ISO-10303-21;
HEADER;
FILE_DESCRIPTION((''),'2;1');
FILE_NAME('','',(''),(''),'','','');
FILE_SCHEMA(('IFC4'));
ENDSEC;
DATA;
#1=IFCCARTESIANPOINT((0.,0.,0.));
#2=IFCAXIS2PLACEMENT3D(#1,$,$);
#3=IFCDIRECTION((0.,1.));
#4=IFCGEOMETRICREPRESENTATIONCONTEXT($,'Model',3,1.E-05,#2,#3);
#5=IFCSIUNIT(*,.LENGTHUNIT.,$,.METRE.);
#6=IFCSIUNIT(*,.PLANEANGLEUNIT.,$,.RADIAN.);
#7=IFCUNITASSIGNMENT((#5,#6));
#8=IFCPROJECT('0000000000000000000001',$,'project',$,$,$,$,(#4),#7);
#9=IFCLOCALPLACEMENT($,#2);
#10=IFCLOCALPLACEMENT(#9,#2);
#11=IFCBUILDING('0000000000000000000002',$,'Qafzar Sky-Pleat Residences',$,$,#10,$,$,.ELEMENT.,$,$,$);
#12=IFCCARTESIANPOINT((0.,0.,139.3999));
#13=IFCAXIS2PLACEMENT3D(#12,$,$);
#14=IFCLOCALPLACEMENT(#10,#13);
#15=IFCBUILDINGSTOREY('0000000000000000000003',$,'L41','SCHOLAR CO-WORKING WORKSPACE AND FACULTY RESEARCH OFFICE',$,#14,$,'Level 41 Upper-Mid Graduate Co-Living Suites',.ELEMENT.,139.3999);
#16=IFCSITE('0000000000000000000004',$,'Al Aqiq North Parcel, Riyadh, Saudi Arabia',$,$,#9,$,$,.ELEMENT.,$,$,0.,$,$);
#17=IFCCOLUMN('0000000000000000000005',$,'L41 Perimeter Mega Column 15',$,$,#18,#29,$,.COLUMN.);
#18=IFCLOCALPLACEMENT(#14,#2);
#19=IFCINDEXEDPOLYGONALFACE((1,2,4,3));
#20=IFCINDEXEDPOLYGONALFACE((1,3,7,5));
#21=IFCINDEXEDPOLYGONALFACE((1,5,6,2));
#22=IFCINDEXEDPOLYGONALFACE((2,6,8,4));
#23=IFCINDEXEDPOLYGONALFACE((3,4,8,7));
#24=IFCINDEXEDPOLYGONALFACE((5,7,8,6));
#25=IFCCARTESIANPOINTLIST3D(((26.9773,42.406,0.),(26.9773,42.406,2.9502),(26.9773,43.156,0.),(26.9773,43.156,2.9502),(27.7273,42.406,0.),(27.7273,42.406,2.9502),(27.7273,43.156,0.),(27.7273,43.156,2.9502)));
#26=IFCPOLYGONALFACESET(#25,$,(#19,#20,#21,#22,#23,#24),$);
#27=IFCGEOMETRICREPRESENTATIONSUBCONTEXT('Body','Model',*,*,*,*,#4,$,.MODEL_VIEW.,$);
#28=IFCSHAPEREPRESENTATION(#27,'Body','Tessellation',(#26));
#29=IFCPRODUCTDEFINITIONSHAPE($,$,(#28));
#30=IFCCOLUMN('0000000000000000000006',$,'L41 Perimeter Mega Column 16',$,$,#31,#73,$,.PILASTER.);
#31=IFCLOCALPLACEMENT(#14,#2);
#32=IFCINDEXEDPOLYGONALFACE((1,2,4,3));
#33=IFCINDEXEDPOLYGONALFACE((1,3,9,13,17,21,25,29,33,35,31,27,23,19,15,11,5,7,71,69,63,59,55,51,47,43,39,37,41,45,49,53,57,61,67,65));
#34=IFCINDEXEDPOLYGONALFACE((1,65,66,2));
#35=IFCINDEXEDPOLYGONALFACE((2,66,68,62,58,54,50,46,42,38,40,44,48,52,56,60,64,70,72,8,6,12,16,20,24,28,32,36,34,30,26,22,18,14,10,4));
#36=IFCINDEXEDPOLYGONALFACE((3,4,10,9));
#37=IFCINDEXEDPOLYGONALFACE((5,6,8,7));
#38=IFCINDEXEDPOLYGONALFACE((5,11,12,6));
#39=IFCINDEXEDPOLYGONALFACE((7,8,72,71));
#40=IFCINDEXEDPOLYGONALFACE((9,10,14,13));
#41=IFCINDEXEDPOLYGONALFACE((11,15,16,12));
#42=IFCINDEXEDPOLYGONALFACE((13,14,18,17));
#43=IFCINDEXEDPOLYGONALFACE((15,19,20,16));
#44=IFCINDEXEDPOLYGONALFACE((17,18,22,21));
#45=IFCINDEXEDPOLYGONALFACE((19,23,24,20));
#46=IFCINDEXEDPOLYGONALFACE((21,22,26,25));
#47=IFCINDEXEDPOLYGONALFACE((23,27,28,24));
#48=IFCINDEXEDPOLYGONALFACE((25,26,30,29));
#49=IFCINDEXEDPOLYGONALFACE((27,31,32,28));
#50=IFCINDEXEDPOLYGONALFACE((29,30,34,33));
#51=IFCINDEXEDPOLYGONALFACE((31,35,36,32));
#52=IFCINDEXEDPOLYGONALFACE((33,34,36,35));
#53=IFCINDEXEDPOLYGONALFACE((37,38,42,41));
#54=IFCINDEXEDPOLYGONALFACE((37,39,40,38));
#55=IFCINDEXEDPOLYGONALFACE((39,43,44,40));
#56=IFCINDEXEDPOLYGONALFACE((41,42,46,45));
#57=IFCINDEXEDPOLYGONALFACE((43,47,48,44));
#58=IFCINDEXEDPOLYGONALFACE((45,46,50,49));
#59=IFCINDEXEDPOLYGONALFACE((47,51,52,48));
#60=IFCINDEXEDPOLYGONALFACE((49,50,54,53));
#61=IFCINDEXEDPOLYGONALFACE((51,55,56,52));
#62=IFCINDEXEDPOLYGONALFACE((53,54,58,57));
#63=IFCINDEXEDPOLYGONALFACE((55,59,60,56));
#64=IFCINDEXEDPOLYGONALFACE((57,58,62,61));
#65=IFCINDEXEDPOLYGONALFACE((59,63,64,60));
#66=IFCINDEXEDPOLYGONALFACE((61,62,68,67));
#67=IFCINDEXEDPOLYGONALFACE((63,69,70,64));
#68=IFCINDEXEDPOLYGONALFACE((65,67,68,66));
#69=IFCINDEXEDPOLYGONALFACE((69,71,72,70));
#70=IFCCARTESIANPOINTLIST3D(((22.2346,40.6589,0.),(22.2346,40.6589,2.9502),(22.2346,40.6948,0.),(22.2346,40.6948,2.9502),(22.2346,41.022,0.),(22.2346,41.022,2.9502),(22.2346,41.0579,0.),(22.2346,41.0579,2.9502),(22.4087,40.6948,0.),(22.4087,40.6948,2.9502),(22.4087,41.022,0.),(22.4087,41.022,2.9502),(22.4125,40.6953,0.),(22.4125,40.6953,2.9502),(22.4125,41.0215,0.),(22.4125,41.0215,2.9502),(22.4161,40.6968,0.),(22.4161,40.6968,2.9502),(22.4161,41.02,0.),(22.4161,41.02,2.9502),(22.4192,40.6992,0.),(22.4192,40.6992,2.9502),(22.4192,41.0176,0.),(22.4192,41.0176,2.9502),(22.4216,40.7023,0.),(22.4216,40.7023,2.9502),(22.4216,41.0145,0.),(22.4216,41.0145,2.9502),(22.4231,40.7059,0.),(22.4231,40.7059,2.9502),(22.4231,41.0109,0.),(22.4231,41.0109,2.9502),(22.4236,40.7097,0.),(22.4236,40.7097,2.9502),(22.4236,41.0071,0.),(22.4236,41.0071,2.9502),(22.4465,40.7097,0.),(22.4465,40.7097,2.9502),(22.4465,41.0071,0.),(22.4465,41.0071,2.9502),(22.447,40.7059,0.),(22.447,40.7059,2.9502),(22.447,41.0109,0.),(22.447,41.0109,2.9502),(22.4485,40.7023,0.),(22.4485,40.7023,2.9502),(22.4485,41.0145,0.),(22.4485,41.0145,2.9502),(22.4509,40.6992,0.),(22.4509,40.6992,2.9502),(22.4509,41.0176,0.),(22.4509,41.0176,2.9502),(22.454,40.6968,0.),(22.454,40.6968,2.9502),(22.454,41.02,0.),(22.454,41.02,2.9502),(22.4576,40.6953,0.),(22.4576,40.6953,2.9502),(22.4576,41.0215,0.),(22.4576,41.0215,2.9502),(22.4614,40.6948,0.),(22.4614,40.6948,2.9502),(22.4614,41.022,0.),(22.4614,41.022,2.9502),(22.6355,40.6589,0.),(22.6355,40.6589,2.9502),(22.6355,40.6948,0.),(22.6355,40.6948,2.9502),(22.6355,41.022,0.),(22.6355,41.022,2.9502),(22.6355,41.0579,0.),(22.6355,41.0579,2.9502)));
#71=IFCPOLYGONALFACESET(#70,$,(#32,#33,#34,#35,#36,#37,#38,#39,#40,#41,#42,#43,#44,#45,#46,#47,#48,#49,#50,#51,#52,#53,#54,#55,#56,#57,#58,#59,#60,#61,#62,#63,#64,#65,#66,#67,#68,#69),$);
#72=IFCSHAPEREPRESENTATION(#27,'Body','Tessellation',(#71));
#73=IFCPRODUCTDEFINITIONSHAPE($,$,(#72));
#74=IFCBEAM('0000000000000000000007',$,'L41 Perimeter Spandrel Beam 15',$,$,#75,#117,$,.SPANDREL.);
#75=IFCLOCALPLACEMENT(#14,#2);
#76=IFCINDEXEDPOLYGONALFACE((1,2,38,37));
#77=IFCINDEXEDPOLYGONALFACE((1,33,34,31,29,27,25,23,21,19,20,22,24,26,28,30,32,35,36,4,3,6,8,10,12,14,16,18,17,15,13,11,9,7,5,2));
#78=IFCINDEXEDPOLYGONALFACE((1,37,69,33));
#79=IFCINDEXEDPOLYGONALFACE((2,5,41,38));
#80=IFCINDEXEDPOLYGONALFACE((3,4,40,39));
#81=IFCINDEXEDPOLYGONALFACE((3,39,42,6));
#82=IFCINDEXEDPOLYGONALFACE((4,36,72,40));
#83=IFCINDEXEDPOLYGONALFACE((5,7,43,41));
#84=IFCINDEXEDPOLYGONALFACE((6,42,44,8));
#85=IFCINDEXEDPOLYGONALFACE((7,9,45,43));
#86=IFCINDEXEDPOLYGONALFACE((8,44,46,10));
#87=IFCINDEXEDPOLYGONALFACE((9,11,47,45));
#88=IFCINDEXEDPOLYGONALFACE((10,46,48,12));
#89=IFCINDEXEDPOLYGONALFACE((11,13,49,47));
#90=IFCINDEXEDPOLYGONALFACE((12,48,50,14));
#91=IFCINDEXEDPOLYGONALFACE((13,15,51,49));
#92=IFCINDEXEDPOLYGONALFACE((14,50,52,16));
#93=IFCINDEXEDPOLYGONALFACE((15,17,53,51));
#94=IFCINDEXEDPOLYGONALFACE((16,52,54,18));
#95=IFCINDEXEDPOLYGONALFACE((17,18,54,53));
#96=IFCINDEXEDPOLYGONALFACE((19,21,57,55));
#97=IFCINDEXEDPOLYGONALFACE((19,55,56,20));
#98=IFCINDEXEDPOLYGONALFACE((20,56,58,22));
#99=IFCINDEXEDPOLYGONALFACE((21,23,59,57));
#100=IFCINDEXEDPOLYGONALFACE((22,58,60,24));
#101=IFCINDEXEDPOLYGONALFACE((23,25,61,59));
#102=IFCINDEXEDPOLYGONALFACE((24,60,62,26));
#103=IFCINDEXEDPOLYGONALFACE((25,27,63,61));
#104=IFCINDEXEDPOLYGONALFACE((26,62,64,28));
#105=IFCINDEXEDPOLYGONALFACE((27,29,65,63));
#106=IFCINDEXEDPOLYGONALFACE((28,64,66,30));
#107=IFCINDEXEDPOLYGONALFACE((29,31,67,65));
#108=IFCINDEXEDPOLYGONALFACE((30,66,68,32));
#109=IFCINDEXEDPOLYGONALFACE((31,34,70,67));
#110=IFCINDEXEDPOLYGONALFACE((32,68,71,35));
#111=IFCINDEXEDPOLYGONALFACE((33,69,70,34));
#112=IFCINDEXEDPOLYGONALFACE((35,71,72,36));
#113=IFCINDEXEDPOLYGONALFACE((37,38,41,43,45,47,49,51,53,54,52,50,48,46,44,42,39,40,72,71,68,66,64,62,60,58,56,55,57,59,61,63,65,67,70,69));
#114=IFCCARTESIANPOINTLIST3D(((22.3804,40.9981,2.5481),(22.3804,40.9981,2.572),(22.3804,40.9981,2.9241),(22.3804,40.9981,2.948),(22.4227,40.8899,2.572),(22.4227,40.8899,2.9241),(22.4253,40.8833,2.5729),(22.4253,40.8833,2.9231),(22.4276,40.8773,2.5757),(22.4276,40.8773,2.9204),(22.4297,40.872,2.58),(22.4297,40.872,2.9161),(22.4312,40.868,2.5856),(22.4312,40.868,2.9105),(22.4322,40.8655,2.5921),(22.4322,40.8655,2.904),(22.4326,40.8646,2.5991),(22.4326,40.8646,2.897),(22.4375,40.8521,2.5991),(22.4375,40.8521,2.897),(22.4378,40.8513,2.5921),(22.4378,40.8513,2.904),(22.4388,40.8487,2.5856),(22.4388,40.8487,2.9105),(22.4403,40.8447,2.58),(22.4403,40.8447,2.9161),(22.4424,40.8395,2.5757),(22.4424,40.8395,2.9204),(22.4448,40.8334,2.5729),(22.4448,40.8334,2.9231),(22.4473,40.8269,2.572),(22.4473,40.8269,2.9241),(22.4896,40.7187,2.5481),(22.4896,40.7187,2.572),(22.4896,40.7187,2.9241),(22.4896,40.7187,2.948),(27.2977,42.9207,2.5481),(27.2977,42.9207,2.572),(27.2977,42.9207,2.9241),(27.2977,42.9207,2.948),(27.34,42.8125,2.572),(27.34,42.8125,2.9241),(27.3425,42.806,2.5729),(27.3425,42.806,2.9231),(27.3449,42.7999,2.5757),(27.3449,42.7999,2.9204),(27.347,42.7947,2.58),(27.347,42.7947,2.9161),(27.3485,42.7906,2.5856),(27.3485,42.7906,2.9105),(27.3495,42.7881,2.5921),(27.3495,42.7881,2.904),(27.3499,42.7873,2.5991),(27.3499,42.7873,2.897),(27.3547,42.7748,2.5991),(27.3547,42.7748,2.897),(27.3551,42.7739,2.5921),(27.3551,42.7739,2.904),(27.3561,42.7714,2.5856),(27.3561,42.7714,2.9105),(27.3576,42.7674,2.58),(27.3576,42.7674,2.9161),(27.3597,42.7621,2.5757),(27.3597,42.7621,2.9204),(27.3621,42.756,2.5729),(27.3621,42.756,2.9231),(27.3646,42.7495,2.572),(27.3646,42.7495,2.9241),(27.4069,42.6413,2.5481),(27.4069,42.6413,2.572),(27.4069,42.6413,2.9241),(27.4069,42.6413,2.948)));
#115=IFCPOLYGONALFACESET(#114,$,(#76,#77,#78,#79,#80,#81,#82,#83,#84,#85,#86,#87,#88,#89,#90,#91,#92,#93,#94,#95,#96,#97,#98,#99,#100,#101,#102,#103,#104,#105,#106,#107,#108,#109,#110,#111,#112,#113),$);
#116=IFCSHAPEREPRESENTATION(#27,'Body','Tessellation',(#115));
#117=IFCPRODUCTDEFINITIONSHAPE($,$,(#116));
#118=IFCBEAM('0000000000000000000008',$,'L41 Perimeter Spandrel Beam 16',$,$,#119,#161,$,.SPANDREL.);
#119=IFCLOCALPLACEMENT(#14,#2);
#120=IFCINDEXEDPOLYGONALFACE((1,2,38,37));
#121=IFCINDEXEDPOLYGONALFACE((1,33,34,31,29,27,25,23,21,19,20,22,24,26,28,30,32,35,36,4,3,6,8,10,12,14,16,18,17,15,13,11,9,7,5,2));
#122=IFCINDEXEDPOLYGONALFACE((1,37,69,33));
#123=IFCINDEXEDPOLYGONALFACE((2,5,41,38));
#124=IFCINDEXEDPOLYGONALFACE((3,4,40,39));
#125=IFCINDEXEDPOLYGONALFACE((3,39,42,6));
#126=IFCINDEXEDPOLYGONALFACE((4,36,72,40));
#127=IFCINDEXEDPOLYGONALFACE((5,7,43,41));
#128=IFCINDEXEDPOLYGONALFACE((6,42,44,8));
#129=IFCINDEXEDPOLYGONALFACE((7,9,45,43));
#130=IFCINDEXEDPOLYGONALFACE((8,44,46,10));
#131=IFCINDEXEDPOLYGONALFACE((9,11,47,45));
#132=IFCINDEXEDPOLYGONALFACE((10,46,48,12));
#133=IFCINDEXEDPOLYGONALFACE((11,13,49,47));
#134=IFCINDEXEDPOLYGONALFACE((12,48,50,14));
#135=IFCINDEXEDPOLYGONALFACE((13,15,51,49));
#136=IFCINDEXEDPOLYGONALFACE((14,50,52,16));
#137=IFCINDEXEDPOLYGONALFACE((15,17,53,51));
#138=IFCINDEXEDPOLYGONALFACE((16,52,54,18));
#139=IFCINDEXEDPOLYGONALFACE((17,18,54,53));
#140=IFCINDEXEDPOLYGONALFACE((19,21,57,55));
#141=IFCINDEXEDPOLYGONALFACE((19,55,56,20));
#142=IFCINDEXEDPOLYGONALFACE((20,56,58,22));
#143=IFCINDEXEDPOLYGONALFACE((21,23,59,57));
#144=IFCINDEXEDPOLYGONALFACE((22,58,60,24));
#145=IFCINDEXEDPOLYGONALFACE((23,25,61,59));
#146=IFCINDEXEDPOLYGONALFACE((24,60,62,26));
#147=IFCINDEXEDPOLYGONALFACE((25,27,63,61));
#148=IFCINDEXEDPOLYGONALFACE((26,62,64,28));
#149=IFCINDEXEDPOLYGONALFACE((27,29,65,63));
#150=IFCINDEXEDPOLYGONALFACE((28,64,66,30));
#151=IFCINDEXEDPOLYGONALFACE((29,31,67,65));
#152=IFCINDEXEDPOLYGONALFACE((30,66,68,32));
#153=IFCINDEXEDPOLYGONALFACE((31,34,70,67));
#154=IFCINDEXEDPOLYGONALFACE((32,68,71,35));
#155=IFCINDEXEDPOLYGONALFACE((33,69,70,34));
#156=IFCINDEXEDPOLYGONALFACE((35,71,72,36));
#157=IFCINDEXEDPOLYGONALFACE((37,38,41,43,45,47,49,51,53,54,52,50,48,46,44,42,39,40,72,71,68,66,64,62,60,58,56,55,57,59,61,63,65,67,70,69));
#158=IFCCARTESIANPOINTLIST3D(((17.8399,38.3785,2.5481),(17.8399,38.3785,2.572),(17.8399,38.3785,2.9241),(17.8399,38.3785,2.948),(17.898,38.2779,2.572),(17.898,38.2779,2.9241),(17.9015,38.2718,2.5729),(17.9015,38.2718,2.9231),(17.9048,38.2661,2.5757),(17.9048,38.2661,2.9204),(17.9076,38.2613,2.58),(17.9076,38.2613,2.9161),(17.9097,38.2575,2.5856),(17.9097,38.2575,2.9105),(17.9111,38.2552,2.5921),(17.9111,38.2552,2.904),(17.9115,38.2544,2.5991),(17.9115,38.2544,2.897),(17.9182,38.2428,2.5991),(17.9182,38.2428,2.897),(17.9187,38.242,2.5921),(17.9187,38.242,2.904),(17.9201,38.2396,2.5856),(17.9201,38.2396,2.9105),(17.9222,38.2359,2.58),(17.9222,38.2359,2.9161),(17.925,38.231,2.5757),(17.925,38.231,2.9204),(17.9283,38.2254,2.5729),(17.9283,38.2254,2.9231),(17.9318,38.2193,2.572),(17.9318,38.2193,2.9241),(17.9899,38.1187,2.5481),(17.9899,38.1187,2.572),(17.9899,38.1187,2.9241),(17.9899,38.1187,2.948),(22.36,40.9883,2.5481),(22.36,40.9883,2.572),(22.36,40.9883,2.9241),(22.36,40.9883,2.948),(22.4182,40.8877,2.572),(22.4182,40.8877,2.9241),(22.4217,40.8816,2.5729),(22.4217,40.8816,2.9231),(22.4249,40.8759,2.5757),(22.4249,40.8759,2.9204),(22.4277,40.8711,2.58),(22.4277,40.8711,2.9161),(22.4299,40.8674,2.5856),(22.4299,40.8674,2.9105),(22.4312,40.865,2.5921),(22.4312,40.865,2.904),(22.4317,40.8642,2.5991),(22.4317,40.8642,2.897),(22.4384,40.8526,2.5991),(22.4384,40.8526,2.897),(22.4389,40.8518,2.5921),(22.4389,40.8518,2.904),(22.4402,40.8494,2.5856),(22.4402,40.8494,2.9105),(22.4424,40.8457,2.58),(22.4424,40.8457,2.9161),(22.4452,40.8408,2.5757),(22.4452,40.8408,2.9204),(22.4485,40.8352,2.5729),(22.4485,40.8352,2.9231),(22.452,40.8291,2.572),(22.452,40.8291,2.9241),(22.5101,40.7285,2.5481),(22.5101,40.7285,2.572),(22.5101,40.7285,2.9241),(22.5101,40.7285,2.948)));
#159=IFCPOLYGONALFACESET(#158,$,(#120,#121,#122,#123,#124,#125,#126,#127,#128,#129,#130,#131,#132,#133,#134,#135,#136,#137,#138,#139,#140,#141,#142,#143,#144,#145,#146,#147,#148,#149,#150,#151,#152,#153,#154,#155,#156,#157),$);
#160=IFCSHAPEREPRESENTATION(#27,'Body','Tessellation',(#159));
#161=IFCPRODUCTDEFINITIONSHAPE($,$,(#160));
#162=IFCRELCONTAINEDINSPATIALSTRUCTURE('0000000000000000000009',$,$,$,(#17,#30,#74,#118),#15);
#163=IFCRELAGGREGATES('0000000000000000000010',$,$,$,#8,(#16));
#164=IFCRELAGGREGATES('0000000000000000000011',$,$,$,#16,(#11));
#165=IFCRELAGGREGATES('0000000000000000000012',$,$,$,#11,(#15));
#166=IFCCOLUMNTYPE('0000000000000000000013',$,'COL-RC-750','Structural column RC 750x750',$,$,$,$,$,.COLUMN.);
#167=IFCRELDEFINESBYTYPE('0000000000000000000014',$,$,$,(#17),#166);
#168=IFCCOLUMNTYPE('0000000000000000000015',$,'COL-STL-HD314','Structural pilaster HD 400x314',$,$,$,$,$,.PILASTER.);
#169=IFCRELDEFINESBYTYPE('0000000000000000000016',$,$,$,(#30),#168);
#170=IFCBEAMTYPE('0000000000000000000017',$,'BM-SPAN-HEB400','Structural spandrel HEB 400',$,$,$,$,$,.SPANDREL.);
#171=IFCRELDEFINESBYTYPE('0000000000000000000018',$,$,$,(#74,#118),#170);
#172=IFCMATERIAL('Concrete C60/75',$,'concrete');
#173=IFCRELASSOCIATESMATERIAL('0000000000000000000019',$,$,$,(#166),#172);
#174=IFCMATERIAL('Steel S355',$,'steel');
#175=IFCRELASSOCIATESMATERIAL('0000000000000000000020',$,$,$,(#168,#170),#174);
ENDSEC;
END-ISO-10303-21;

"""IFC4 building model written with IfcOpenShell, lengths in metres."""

from ifc_helpers import new_model, si_unit, direction, frame, origin, origin_2d, place, context, subcontext, project, spatial, rectangle, i_section, extrude, source, transform, mapped, material, material_profile, profile_set, type_object, element, save


model = new_model("IFC4")

# Units and contexts
model_context = context("Model", 3, precision=1e-05, world=origin(), true_north=direction((0.0, 1.0)))
body_context = subcontext(model_context, "Body", "Model", "MODEL_VIEW")
ifc_project = project(units=[si_unit("LENGTHUNIT", "METRE"), si_unit("PLANEANGLEUNIT", "RADIAN")], contexts=[model_context])

# Site, building, storey
site_placement = place(None, origin())
site = spatial("IfcSite", under=ifc_project, at=site_placement, Name="Al Aqiq North Parcel, Riyadh, Saudi Arabia", CompositionType="ELEMENT", RefElevation=0.0)
building_placement = place(site_placement, origin())
building = spatial("IfcBuilding", under=site, at=building_placement, Name="Qafzar Sky-Pleat Residences", CompositionType="ELEMENT")
storey_placement = place(building_placement, frame((0.0, 0.0, 139.3999)))
storey = spatial("IfcBuildingStorey", under=building, at=storey_placement, Name="L41", Description="SCHOLAR CO-WORKING WORKSPACE AND FACULTY RESEARCH OFFICE", LongName="Level 41 Upper-Mid Graduate Co-Living Suites", CompositionType="ELEMENT", Elevation=139.3999)

# Columns
ifc_material_1 = material(Name="Concrete C60/75", Category="concrete")
ifc_material_profile_1 = material_profile(ifc_material_1, rectangle(XDim=0.75, YDim=0.75, at=origin_2d()), Name="RC 750x750")
ifc_profile_set_1 = profile_set([ifc_material_profile_1], Name="Concrete C60/75")
column_type_1 = type_object("IfcColumnType", Name="COL-RC-750", Description="Structural column RC 750x750", PredefinedType="COLUMN", material=ifc_profile_set_1)
shared_shape_1 = source(origin(), body_context, "Body", "SweptSolid", [
    extrude(rectangle(XDim=0.75, YDim=0.75, at=origin_2d()), origin(), (0.0, 0.0, 1.0), 2.9502),
])
column_1_placement = place(storey_placement, frame((27.3523, 42.781, 0.0), z_axis=(0.0, 0.0, 1.0), x_axis=(1.0, 0.0, 0.0)))
element("IfcColumn", 1, at=column_1_placement, inside=storey, type_object=column_type_1, Name="L41 Perimeter Mega Column 15", PredefinedType="COLUMN", context=body_context, shape_type="MappedRepresentation", body=[
    mapped(shared_shape_1, transform((0.0, 0.0, 0.0), x_axis=(1.0, 0.0, 0.0), y_axis=(0.0, 1.0, 0.0), z_axis=(0.0, 0.0, 1.0), scale=1.0)),
])
ifc_material_2 = material(Name="Steel S355", Category="steel")
ifc_material_profile_2 = material_profile(ifc_material_2, i_section(OverallWidth=0.4009, OverallDepth=0.3989, WebThickness=0.0229, FlangeThickness=0.0359, FilletRadius=0.0149, at=origin_2d()), Name="HD 400x314")
ifc_profile_set_2 = profile_set([ifc_material_profile_2], Name="Steel S355")
column_type_2 = type_object("IfcColumnType", Name="COL-STL-HD314", Description="Structural pilaster HD 400x314", PredefinedType="PILASTER", material=ifc_profile_set_2)
shared_shape_2 = source(origin(), body_context, "Body", "SweptSolid", [
    extrude(i_section(OverallWidth=0.4009, OverallDepth=0.3989, WebThickness=0.0229, FlangeThickness=0.0359, FilletRadius=0.0149, at=origin_2d()), origin(), (0.0, 0.0, 1.0), 2.9502),
])
column_2_placement = place(storey_placement, frame((22.4351, 40.8584, 0.0), z_axis=(0.0, 0.0, 1.0), x_axis=(1.0, 0.0, 0.0)))
element("IfcColumn", 2, at=column_2_placement, inside=storey, type_object=column_type_2, Name="L41 Perimeter Mega Column 16", PredefinedType="PILASTER", context=body_context, shape_type="MappedRepresentation", body=[
    mapped(shared_shape_2, transform((0.0, 0.0, 0.0), x_axis=(1.0, 0.0, 0.0), y_axis=(0.0, 1.0, 0.0), z_axis=(0.0, 0.0, 1.0), scale=1.0)),
])

# Beams
ifc_material_profile_3 = material_profile(ifc_material_2, i_section(OverallWidth=0.3, OverallDepth=0.3999, WebThickness=0.0134, FlangeThickness=0.0239, FilletRadius=0.0271, at=origin_2d()), Name="HEB 400")
ifc_profile_set_3 = profile_set([ifc_material_profile_3], Name="Steel S355")
beam_type_1 = type_object("IfcBeamType", Name="BM-SPAN-HEB400", Description="Structural spandrel HEB 400", PredefinedType="SPANDREL", material=ifc_profile_set_3)
shared_shape_3 = source(origin(), body_context, "Body", "SweptSolid", [
    extrude(i_section(OverallWidth=0.3, OverallDepth=0.3999, WebThickness=0.0134, FlangeThickness=0.0239, FilletRadius=0.0271, at=origin_2d()), origin(), (0.0, 0.0, 1.0), 5.2798),
])
beam_1_placement = place(storey_placement, frame((27.3523, 42.781, 2.748), z_axis=(-0.931341, -0.364148, 0.0), x_axis=(0.364148, -0.931341, 0.0)))
element("IfcBeam", 3, at=beam_1_placement, inside=storey, type_object=beam_type_1, Name="L41 Perimeter Spandrel Beam 15", PredefinedType="SPANDREL", context=body_context, shape_type="MappedRepresentation", body=[
    mapped(shared_shape_3, transform((0.0, 0.0, 0.0), x_axis=(1.0, 0.0, 0.0), y_axis=(0.0, 1.0, 0.0), z_axis=(0.0, 0.0, 1.0), scale=1.0)),
])
shared_shape_4 = source(origin(), body_context, "Body", "SweptSolid", [
    extrude(i_section(OverallWidth=0.3, OverallDepth=0.3999, WebThickness=0.0134, FlangeThickness=0.0239, FilletRadius=0.0271, at=origin_2d()), origin(), (0.0, 0.0, 1.0), 5.2195),
])
beam_2_placement = place(storey_placement, frame((22.4351, 40.8584, 2.748), z_axis=(-0.866018, -0.500013, 0.0), x_axis=(0.500013, -0.866018, 0.0)))
element("IfcBeam", 4, at=beam_2_placement, inside=storey, type_object=beam_type_1, Name="L41 Perimeter Spandrel Beam 16", PredefinedType="SPANDREL", context=body_context, shape_type="MappedRepresentation", body=[
    mapped(shared_shape_4, transform((0.0, 0.0, 0.0), x_axis=(1.0, 0.0, 0.0), y_axis=(0.0, 1.0, 0.0), z_axis=(0.0, 0.0, 1.0), scale=1.0)),
])

save(model, "model.ifc")
